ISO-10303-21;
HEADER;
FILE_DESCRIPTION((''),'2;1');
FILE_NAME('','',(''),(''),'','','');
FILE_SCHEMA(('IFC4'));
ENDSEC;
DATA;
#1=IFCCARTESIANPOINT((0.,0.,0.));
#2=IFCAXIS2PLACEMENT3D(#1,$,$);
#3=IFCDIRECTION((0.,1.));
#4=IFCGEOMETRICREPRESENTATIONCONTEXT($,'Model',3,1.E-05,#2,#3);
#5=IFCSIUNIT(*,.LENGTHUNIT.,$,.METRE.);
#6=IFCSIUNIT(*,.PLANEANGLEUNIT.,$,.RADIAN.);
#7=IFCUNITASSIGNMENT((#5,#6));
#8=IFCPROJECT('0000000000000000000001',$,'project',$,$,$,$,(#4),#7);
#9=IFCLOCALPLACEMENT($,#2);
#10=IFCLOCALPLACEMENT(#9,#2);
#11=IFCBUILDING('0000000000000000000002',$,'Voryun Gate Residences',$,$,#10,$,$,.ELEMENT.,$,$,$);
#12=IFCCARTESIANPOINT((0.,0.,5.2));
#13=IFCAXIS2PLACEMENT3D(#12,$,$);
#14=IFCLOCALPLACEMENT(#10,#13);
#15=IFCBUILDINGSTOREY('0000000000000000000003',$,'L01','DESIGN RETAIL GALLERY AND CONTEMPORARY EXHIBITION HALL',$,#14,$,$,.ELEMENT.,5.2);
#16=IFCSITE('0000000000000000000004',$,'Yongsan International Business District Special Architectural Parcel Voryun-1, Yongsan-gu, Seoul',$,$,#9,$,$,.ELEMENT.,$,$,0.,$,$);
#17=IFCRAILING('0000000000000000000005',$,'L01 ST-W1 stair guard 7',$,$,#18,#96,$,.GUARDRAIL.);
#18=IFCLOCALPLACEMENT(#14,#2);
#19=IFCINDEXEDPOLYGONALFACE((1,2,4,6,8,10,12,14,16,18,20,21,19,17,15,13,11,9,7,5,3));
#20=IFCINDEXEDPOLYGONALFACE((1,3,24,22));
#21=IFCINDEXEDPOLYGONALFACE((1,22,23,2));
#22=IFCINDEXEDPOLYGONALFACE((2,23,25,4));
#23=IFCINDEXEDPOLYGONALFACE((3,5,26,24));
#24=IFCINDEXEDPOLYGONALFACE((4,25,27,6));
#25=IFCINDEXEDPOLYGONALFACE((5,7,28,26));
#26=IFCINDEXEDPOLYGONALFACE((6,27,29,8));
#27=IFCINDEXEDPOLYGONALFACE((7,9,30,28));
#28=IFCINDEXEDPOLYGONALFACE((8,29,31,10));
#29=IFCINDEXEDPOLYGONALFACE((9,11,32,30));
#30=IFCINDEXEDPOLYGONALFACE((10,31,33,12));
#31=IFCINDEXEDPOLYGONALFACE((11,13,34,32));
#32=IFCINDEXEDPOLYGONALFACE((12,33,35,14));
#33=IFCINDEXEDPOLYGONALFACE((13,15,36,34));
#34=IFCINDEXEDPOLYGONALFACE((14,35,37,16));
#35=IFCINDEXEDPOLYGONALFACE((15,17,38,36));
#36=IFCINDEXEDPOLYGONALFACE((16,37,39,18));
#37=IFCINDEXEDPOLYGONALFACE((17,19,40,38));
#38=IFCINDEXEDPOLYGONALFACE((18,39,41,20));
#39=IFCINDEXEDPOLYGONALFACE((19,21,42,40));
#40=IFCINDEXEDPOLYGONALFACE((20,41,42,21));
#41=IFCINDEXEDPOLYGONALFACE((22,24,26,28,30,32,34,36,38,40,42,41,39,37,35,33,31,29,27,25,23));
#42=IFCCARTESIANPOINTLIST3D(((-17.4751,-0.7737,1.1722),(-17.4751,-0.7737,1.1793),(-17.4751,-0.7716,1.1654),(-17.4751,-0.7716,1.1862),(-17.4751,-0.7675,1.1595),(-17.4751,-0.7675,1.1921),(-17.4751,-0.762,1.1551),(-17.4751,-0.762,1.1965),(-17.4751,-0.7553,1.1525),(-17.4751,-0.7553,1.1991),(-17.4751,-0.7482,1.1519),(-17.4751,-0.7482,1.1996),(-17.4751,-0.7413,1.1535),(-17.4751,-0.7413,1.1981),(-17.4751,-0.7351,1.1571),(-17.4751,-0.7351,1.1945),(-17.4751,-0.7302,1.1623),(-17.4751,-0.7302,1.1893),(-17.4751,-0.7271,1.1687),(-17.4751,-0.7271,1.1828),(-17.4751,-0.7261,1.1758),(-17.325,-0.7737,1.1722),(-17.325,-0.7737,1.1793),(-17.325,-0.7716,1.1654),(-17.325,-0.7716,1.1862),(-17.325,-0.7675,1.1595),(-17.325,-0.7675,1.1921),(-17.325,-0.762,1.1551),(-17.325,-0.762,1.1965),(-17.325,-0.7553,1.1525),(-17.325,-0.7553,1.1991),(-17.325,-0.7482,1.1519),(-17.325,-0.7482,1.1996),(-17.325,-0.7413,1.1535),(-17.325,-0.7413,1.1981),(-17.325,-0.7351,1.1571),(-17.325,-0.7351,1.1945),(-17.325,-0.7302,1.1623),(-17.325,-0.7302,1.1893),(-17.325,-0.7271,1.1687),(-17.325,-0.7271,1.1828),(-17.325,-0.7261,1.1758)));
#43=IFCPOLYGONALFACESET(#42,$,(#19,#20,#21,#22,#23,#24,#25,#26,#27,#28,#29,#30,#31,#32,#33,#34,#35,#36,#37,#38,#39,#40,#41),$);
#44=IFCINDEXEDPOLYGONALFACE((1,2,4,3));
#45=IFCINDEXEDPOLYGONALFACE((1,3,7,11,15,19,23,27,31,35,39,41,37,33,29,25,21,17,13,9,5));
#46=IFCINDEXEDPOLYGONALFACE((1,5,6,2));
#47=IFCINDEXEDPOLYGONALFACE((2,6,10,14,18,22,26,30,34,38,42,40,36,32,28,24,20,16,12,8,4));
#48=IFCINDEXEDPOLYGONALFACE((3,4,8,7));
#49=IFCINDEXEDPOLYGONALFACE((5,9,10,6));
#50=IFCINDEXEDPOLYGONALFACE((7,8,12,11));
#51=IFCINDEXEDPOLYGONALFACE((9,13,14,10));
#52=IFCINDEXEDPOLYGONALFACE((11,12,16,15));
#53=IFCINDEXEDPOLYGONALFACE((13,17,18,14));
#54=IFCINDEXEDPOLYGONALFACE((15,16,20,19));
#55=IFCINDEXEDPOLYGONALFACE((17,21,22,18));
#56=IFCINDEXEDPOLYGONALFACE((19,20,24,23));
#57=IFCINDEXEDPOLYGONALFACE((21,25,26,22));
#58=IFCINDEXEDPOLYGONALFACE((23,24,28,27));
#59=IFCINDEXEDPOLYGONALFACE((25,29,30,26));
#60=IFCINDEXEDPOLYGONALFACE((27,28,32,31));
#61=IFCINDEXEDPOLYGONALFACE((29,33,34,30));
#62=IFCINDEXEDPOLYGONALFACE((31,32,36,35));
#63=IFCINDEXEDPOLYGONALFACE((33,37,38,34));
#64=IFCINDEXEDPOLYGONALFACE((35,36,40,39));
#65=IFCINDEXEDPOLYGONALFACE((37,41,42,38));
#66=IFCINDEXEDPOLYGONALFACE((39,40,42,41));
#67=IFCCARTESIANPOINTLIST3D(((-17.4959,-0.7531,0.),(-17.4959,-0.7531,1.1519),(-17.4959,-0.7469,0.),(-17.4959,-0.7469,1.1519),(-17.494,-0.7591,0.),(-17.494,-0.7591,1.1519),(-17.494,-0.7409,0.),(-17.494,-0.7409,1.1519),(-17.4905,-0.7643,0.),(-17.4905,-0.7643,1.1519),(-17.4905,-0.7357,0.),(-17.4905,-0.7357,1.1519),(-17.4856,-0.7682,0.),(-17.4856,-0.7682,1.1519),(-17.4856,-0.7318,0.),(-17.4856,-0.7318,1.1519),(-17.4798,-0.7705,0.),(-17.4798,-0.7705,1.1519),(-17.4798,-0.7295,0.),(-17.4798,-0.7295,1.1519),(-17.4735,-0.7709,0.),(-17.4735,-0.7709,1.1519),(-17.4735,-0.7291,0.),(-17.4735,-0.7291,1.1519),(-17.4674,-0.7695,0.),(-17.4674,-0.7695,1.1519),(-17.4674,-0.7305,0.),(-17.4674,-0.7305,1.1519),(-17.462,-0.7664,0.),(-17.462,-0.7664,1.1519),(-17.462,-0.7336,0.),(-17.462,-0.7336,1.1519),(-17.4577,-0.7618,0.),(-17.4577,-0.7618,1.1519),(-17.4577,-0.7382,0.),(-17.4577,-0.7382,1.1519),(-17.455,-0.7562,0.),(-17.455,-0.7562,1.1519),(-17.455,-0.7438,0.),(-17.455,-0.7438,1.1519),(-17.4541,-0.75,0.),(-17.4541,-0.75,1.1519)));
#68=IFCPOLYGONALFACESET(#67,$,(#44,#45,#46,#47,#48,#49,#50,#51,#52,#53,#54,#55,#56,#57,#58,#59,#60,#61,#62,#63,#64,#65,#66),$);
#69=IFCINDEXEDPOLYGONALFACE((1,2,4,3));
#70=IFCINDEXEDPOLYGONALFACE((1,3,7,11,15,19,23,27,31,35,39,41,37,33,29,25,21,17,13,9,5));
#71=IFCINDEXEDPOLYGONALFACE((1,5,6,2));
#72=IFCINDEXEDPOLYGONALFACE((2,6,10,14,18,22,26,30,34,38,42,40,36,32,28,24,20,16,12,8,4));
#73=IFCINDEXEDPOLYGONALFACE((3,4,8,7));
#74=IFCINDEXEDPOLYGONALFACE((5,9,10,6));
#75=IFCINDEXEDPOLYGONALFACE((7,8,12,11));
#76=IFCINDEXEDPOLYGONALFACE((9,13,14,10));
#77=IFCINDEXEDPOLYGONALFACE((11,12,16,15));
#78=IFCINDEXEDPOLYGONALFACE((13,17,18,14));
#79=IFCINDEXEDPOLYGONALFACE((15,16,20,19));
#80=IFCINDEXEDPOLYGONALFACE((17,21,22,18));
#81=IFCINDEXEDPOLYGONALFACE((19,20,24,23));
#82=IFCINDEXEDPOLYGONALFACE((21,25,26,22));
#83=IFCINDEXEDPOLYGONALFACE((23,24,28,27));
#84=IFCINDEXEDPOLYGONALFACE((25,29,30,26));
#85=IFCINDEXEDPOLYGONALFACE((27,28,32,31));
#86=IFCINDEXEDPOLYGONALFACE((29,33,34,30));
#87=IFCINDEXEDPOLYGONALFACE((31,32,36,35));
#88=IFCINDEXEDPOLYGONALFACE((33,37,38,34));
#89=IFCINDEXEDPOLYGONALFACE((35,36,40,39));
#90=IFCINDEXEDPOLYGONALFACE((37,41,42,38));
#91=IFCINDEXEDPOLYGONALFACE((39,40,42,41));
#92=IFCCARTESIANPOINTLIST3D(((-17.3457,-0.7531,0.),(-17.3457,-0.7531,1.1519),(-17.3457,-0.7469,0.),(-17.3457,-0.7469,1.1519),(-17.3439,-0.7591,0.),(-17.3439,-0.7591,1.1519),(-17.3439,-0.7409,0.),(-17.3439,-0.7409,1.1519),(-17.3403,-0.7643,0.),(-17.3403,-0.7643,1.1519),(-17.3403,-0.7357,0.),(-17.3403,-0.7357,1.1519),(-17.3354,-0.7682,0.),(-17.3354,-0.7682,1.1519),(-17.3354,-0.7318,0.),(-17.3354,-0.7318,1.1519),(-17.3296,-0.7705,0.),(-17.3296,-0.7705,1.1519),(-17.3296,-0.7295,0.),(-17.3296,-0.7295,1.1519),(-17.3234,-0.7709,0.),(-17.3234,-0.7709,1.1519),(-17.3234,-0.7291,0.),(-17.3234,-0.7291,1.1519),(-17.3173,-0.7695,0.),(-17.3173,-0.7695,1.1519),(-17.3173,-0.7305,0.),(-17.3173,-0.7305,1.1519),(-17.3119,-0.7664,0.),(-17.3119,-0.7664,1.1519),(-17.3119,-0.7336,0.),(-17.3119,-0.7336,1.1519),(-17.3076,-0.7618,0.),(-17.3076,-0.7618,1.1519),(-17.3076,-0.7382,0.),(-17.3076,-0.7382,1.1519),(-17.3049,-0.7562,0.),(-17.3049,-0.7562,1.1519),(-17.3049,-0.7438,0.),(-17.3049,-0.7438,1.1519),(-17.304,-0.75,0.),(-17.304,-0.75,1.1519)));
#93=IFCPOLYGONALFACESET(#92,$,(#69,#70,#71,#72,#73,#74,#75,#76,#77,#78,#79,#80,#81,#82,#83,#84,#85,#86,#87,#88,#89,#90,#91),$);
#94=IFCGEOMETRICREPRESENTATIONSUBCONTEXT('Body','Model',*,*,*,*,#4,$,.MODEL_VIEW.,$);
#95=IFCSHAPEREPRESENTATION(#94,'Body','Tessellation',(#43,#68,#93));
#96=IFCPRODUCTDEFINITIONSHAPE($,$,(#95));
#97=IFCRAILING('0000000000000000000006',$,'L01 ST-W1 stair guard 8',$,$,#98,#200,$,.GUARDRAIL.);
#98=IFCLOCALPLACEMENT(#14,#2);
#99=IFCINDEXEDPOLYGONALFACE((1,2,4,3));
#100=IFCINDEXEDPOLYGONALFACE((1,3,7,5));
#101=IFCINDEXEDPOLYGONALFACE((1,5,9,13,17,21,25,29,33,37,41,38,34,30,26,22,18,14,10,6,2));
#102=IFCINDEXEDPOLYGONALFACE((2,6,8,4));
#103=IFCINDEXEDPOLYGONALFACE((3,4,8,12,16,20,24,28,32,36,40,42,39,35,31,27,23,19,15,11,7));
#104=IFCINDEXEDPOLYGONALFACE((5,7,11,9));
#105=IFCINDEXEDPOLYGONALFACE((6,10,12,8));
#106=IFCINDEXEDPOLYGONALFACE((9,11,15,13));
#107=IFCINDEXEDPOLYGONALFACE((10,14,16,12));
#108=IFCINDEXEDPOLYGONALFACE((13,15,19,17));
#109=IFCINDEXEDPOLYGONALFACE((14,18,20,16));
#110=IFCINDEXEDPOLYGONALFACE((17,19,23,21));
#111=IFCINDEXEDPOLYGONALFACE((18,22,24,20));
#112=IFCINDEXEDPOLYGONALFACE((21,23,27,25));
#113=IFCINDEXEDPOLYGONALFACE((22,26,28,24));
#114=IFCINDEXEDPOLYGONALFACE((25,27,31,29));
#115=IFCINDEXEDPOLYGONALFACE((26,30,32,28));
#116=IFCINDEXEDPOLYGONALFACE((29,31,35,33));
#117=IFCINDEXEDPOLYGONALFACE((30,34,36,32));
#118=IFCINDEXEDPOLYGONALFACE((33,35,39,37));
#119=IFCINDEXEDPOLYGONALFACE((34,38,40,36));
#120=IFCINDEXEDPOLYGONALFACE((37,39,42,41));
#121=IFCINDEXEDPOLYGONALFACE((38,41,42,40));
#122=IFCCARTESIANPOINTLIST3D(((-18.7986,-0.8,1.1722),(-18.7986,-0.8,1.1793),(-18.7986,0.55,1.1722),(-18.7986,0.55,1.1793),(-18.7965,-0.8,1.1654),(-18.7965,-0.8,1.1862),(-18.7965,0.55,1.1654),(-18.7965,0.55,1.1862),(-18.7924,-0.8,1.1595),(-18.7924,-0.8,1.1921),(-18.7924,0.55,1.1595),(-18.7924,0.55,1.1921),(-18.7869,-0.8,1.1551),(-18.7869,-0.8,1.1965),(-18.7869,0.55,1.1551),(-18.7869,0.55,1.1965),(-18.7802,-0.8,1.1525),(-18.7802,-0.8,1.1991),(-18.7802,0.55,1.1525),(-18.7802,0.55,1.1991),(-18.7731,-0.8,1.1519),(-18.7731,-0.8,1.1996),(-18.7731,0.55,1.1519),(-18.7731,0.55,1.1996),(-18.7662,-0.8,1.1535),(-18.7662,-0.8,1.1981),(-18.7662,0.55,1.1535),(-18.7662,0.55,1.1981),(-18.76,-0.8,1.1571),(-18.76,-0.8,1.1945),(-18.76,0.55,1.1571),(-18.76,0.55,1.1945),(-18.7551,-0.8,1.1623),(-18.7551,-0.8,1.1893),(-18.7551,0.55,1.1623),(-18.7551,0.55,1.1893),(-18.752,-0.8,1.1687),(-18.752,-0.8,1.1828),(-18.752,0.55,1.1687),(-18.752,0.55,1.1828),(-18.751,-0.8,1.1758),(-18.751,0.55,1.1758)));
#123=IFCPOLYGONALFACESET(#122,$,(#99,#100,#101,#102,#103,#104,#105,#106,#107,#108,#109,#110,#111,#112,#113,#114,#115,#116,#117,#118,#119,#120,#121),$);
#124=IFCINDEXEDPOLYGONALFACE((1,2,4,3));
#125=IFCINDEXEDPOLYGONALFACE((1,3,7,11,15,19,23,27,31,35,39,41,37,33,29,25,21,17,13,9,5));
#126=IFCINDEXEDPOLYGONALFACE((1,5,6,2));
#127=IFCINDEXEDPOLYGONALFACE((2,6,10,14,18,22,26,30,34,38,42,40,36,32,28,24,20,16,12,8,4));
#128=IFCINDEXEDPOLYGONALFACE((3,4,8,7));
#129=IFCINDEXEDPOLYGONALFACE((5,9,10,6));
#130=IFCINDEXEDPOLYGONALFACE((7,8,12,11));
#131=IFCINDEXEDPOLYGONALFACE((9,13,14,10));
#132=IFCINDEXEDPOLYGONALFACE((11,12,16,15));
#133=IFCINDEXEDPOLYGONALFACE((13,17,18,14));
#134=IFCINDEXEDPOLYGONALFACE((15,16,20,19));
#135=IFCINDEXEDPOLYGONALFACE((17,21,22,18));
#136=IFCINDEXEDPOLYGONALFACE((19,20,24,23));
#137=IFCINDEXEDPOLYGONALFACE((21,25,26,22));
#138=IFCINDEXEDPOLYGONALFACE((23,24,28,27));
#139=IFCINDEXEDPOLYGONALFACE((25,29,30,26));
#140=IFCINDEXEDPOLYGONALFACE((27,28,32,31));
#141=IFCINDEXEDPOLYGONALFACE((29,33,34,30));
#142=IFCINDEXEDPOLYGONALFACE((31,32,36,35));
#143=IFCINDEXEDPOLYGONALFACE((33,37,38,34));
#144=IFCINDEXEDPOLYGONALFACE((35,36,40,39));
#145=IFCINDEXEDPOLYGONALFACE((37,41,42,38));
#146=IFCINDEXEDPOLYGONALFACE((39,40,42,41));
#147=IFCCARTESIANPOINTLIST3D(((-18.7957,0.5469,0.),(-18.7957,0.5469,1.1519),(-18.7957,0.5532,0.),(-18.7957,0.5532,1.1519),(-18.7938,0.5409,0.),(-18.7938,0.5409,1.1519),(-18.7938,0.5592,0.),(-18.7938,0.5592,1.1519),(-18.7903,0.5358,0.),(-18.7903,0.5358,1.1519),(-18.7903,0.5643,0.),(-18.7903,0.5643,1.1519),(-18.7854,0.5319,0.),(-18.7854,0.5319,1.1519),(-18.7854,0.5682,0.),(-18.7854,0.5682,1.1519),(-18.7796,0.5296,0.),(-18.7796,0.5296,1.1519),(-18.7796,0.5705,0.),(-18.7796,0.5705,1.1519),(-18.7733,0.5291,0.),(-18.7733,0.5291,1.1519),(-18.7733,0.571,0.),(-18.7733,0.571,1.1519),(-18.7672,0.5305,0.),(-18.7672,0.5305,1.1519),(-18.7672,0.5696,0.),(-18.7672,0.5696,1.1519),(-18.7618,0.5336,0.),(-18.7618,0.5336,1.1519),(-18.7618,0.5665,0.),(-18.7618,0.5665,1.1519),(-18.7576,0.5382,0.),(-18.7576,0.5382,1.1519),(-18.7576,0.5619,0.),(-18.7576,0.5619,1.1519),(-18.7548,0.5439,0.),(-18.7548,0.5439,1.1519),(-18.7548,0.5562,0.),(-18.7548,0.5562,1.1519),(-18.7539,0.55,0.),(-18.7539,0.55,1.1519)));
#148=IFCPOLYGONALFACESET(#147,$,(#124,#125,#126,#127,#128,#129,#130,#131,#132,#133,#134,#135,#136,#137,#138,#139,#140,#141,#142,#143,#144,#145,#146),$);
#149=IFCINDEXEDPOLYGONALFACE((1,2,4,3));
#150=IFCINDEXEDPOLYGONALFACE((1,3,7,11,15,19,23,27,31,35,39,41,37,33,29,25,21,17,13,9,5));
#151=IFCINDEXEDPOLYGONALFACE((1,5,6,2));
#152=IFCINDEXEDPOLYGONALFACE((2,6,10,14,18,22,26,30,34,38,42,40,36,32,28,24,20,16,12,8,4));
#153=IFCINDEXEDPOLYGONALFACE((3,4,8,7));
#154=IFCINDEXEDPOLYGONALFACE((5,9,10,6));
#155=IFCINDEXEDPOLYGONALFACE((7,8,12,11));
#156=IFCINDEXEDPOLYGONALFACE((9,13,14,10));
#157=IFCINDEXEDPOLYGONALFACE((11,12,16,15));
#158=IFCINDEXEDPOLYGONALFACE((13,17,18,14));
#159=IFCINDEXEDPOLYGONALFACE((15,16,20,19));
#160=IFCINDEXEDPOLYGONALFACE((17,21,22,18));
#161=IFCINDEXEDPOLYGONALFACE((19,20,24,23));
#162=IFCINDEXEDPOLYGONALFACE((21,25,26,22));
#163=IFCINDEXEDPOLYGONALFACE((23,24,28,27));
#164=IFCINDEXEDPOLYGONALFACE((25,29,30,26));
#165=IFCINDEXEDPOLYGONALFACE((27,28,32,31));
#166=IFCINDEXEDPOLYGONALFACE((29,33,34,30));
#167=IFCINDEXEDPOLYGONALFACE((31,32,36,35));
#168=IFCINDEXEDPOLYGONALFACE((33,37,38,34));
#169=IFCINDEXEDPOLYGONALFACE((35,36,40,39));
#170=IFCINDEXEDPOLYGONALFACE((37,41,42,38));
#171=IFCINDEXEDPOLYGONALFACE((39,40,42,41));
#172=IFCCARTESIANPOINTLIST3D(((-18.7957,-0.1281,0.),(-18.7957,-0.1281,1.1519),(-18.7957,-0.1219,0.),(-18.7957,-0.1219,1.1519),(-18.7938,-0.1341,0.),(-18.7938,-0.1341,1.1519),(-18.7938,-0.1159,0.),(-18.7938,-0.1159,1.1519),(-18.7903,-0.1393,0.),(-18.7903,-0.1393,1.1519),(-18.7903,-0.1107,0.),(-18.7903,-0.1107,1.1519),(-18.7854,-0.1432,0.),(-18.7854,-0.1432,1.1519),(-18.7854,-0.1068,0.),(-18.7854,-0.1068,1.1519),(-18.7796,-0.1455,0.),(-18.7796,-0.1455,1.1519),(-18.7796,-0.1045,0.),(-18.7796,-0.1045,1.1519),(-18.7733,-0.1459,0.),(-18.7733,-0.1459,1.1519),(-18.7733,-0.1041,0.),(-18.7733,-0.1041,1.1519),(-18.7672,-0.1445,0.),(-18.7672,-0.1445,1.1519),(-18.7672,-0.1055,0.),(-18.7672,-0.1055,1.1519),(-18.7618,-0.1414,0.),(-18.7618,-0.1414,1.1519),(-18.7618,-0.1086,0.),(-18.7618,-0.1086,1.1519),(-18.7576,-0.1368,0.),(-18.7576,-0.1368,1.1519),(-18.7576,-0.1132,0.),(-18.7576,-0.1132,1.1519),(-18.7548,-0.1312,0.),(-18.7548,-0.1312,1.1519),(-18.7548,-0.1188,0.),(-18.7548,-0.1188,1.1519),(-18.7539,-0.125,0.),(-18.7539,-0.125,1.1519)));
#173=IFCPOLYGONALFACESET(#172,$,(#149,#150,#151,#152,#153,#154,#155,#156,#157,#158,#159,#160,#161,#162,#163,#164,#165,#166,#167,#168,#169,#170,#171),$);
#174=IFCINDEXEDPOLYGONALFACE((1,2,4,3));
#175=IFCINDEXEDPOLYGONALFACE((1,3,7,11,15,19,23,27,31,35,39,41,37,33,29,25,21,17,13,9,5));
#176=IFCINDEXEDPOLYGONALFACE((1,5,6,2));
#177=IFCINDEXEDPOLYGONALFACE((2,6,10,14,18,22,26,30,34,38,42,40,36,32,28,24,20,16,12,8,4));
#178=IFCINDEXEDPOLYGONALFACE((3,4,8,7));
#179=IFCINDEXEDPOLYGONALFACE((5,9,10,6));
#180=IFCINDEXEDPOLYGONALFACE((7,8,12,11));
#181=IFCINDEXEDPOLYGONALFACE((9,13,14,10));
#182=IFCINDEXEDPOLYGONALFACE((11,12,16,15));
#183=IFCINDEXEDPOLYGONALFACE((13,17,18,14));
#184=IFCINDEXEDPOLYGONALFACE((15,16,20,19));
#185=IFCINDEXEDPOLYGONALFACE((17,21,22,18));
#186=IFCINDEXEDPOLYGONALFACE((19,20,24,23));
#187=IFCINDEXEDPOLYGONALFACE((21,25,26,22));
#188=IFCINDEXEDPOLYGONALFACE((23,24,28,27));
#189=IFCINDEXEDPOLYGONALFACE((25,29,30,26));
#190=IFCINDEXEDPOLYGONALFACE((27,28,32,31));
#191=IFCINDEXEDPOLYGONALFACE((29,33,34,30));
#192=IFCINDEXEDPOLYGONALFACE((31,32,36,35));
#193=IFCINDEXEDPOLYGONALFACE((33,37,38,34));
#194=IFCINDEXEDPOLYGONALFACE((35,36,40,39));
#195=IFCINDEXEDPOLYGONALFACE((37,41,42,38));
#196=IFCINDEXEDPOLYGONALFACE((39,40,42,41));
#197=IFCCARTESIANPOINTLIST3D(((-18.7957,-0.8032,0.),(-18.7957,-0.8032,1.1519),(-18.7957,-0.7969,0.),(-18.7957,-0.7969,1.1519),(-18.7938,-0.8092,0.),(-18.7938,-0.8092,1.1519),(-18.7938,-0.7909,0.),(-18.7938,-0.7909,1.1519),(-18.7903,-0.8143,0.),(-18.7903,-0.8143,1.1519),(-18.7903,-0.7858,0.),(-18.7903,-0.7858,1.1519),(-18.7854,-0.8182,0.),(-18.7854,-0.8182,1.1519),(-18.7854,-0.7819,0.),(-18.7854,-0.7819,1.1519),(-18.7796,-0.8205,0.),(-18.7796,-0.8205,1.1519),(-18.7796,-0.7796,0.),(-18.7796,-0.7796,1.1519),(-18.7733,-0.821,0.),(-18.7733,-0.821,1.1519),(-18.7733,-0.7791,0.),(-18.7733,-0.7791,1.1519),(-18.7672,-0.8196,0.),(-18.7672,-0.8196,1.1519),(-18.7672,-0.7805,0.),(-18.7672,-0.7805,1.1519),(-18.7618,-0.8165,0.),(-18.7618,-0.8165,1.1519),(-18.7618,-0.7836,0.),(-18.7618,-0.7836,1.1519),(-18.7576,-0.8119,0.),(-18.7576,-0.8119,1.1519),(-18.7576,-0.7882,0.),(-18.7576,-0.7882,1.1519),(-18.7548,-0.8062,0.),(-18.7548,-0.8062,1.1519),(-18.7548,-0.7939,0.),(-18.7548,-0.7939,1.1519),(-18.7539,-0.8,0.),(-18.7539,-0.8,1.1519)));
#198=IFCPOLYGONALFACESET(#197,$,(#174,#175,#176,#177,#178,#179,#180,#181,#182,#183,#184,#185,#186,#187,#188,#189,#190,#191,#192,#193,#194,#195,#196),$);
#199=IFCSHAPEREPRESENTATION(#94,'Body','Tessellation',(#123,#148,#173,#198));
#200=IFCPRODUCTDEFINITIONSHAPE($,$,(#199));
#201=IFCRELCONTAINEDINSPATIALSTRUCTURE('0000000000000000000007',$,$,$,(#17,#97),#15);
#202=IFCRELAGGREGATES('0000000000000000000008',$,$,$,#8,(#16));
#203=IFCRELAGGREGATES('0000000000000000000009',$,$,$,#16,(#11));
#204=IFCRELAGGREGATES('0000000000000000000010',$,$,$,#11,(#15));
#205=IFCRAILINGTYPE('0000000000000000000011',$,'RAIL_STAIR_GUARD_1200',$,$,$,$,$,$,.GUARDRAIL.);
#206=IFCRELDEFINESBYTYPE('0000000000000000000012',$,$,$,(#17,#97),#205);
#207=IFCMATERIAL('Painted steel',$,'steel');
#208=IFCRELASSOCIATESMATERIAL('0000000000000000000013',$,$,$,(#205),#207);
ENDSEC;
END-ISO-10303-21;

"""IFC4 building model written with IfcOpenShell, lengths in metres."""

from ifc_helpers import new_model, si_unit, direction, frame, origin, origin_2d, place, context, subcontext, project, spatial, circle, extrude, material, type_object, element, save


model = new_model("IFC4")

# Units and contexts
model_context = context("Model", 3, precision=1e-05, world=origin(), true_north=direction((0.0, 1.0)))
body_context = subcontext(model_context, "Body", "Model", "MODEL_VIEW")
ifc_project = project(units=[si_unit("LENGTHUNIT", "METRE"), si_unit("PLANEANGLEUNIT", "RADIAN")], contexts=[model_context])

# Site, building, storey
site_placement = place(None, origin())
site = spatial("IfcSite", under=ifc_project, at=site_placement, Name="Yongsan International Business District Special Architectural Parcel Voryun-1, Yongsan-gu, Seoul", CompositionType="ELEMENT", RefElevation=0.0)
building_placement = place(site_placement, origin())
building = spatial("IfcBuilding", under=site, at=building_placement, Name="Voryun Gate Residences", CompositionType="ELEMENT")
storey_placement = place(building_placement, frame((0.0, 0.0, 5.2)))
storey = spatial("IfcBuildingStorey", under=building, at=storey_placement, Name="L01", Description="DESIGN RETAIL GALLERY AND CONTEMPORARY EXHIBITION HALL", CompositionType="ELEMENT", Elevation=5.2)

# Railings
ifc_material_1 = material(Name="Painted steel", Category="steel")
railing_type_1 = type_object("IfcRailingType", Name="RAIL_STAIR_GUARD_1200", PredefinedType="GUARDRAIL", material=ifc_material_1)
railing_1_placement = place(storey_placement, frame((-17.4751, -0.75, 0.0)))
element("IfcRailing", 1, at=railing_1_placement, inside=storey, type_object=railing_type_1, Name="L01 ST-W1 stair guard 7", PredefinedType="GUARDRAIL", context=body_context, shape_type="SweptSolid", body=[
    extrude(circle(Radius=0.0239, at=origin_2d()), frame((0.0, 0.0, 1.1758), z_axis=(1.0, 0.0, 0.0), x_axis=(0.0, 1.0, 0.0)), (0.0, 0.0, 1.0), 0.1501),
    extrude(circle(Radius=0.021, at=origin_2d()), origin(), (0.0, 0.0, 1.0), 1.1519),
    extrude(circle(Radius=0.021, at=origin_2d()), frame((0.1501, 0.0, 0.0)), (0.0, 0.0, 1.0), 1.1519),
])
for number, where, name in (
    (2, (-18.7749, 0.55, 0.0), "L01 ST-W1 stair guard 8"),
):
    element("IfcRailing", number, at=place(storey_placement, frame(where)), inside=storey, type_object=railing_type_1, Name=name, PredefinedType="GUARDRAIL", context=body_context, shape_type="SweptSolid", body=[
        extrude(circle(Radius=0.0239, at=origin_2d()), frame((0.0, 0.0, 1.1758), z_axis=(0.0, -1.0, 0.0), x_axis=(1.0, 0.0, 0.0)), (0.0, 0.0, 1.0), 1.3501),
        extrude(circle(Radius=0.021, at=origin_2d()), origin(), (0.0, 0.0, 1.0), 1.1519),
        extrude(circle(Radius=0.021, at=origin_2d()), frame((0.0, -0.675, 0.0)), (0.0, 0.0, 1.0), 1.1519),
        extrude(circle(Radius=0.021, at=origin_2d()), frame((0.0, -1.3501, 0.0)), (0.0, 0.0, 1.0), 1.1519),
    ])

save(model, "model.ifc")
